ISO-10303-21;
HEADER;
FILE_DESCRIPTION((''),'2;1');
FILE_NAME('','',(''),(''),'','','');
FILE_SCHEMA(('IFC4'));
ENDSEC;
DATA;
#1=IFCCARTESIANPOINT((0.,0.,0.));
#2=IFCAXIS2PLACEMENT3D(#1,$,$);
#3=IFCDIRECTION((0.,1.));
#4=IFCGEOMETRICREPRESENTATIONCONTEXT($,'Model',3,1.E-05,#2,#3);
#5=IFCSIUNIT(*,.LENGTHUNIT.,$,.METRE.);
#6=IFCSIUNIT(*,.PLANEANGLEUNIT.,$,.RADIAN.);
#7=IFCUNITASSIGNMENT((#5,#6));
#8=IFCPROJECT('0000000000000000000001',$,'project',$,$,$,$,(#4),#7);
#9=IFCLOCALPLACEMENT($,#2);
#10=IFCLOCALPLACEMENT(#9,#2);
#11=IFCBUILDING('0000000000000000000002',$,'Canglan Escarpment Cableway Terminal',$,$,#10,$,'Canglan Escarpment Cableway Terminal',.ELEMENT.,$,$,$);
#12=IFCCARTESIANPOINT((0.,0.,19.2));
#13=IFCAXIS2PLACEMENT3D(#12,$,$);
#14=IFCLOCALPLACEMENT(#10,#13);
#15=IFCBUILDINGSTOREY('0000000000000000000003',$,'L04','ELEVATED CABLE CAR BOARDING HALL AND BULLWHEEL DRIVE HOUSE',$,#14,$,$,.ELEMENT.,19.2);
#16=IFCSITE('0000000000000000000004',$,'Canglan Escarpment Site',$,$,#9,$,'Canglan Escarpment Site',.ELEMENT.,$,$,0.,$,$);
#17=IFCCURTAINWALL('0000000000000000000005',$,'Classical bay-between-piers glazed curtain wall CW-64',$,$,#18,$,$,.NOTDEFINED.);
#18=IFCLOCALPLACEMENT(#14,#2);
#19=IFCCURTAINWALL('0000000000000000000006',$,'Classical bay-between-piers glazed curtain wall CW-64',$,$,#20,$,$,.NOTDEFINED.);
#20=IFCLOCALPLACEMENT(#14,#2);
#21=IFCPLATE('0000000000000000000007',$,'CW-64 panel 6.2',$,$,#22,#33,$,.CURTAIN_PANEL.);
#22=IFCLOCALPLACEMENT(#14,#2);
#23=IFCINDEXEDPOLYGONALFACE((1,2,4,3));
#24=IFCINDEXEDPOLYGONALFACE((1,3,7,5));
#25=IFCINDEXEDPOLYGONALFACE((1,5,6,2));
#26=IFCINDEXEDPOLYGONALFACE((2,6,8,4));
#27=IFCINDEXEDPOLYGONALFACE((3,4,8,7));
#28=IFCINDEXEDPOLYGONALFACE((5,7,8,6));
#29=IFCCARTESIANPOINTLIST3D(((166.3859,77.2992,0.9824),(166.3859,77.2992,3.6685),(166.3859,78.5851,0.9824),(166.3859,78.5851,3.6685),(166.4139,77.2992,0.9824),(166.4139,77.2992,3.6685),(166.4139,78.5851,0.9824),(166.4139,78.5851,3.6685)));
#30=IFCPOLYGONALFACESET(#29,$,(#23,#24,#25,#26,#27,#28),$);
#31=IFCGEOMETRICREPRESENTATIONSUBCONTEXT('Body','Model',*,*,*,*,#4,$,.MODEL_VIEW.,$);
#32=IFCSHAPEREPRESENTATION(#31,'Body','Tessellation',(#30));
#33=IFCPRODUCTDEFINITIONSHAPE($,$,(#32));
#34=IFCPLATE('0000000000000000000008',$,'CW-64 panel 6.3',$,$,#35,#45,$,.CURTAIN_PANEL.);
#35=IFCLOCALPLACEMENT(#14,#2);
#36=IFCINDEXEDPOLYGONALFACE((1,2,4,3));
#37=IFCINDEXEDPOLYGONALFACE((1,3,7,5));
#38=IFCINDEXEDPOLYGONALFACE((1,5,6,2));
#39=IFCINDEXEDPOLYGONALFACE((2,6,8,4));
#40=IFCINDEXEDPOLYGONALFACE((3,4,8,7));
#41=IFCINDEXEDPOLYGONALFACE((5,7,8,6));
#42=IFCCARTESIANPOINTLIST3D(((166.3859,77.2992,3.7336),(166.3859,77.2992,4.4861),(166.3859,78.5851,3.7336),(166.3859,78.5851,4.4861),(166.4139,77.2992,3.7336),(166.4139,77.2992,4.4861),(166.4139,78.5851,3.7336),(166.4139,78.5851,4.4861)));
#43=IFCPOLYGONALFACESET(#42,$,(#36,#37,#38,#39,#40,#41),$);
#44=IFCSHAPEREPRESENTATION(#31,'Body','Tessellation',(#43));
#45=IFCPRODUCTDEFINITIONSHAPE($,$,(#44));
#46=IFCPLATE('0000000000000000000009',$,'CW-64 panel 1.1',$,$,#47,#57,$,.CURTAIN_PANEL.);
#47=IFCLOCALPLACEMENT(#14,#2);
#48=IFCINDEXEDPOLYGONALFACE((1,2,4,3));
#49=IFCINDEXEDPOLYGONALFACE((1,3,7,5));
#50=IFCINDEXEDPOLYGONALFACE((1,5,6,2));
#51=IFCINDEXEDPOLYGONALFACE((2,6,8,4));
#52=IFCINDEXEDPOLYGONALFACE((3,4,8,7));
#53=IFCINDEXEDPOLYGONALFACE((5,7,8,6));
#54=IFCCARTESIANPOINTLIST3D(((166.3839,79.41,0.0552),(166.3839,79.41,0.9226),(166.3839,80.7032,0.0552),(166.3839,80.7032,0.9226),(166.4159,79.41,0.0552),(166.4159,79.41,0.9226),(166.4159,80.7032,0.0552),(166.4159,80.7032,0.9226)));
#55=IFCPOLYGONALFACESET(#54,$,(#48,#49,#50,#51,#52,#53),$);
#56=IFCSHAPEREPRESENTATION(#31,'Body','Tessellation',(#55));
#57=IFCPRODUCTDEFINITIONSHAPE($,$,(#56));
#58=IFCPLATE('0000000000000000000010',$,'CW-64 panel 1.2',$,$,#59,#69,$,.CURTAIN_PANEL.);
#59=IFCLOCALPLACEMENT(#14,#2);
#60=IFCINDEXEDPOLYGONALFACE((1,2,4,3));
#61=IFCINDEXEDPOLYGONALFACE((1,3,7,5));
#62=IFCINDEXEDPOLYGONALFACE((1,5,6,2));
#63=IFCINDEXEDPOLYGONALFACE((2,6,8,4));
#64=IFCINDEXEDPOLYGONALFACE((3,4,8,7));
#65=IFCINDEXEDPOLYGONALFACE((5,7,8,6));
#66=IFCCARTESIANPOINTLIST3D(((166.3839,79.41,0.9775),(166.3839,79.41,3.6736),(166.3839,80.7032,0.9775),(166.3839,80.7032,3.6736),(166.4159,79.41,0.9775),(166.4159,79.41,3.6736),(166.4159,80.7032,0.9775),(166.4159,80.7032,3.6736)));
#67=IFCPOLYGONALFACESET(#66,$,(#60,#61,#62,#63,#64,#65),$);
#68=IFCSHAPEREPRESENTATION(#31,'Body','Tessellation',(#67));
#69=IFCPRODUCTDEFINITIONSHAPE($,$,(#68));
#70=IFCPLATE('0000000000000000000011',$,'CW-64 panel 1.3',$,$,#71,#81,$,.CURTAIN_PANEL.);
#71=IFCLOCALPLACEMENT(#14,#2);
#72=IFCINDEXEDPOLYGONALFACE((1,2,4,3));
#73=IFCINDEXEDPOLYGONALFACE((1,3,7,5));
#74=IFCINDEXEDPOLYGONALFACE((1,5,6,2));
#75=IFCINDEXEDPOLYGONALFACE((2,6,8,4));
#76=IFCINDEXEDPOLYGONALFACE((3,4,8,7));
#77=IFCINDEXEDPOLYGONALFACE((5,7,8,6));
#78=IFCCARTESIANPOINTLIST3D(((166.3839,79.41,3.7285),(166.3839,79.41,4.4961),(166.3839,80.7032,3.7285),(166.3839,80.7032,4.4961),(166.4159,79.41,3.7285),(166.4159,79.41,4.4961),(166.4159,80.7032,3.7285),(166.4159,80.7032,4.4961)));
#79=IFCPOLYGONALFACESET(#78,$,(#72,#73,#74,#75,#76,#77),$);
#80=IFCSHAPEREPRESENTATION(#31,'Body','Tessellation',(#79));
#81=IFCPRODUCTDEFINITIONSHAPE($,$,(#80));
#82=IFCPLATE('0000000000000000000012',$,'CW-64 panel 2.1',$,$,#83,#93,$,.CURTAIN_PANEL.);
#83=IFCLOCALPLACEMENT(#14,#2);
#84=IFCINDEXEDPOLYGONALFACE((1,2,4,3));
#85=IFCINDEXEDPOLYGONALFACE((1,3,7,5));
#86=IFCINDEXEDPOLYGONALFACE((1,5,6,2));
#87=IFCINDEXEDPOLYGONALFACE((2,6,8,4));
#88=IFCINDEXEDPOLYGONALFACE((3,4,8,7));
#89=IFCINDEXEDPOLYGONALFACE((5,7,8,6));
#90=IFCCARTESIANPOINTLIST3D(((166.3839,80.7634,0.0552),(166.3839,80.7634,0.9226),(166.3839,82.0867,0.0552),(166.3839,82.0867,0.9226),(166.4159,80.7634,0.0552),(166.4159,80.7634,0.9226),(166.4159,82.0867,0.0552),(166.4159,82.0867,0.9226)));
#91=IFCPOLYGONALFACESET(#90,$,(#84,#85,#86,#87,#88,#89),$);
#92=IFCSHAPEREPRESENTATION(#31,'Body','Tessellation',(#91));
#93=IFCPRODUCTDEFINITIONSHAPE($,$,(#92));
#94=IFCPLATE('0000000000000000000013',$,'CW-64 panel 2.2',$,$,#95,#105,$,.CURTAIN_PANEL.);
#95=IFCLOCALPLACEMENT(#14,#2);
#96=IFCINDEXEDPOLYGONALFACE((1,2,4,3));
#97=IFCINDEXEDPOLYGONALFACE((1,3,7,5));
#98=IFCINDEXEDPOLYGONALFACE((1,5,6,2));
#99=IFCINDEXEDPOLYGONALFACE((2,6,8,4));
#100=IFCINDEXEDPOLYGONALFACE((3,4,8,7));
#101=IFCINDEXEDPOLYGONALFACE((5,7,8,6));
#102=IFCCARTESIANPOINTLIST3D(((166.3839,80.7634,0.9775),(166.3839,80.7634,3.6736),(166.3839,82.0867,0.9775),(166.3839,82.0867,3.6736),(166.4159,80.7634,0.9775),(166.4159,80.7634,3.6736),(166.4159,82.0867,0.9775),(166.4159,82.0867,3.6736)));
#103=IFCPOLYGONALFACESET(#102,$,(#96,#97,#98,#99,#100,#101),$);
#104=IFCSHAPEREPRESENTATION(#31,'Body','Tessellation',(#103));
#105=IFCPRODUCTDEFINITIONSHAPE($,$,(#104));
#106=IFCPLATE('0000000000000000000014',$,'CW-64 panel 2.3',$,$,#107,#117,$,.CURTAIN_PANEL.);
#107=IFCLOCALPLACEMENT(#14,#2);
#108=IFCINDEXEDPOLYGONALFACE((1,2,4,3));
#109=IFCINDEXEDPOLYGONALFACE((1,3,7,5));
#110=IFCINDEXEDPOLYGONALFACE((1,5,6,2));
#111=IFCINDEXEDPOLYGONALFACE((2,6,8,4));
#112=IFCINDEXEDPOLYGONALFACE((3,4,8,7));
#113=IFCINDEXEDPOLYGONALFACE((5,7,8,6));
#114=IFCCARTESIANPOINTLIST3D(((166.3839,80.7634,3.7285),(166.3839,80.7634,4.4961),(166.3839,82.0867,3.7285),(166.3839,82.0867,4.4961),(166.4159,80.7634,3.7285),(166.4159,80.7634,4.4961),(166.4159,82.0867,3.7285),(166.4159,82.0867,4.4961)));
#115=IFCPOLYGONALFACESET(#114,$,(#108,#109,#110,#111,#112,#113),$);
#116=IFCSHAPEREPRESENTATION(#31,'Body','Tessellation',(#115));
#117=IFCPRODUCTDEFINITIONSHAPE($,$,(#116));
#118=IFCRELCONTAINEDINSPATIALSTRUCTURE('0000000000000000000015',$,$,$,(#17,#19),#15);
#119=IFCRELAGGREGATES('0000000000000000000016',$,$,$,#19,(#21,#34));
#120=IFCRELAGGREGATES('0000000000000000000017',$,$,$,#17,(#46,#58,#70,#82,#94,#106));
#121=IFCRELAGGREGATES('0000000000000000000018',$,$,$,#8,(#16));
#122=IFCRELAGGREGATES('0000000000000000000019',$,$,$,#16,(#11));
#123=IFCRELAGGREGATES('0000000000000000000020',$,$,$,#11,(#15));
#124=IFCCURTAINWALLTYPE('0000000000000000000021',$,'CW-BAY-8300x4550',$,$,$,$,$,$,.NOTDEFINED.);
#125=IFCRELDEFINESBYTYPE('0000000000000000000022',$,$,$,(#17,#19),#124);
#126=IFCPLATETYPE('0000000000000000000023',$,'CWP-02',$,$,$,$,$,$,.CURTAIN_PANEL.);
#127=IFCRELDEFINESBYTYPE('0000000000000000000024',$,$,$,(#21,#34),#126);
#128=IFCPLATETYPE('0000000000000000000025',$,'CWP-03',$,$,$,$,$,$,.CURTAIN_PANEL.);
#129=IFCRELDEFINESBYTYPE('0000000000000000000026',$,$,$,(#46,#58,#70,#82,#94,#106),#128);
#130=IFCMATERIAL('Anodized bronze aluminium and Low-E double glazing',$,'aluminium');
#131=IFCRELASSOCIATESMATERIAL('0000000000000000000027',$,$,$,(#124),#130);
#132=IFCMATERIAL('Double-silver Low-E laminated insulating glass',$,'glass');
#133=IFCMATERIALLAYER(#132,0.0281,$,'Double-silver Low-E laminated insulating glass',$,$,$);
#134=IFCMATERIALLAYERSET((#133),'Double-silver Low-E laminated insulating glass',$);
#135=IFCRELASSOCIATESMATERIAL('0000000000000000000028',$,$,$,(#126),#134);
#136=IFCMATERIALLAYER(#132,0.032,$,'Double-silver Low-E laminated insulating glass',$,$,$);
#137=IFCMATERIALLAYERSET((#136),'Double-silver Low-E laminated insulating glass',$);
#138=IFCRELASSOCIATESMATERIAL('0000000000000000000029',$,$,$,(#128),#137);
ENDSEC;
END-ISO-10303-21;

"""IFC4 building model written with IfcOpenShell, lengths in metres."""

from ifc_helpers import new_model, si_unit, direction, frame, origin, origin_2d, place, context, subcontext, project, spatial, rectangle, extrude, material, layer, layer_set, type_object, element, aggregate, save


model = new_model("IFC4")

# Units and contexts
model_context = context("Model", 3, precision=1e-05, world=origin(), true_north=direction((0.0, 1.0)))
body_context = subcontext(model_context, "Body", "Model", "MODEL_VIEW")
ifc_project = project(units=[si_unit("LENGTHUNIT", "METRE"), si_unit("PLANEANGLEUNIT", "RADIAN")], contexts=[model_context])

# Site, building, storey
site_placement = place(None, origin())
site = spatial("IfcSite", under=ifc_project, at=site_placement, Name="Canglan Escarpment Site", LongName="Canglan Escarpment Site", CompositionType="ELEMENT", RefElevation=0.0)
building_placement = place(site_placement, origin())
building = spatial("IfcBuilding", under=site, at=building_placement, Name="Canglan Escarpment Cableway Terminal", LongName="Canglan Escarpment Cableway Terminal", CompositionType="ELEMENT")
storey_placement = place(building_placement, frame((0.0, 0.0, 19.2)))
storey = spatial("IfcBuildingStorey", under=building, at=storey_placement, Name="L04", Description="ELEVATED CABLE CAR BOARDING HALL AND BULLWHEEL DRIVE HOUSE", CompositionType="ELEMENT", Elevation=19.2)

# Curtain walls
ifc_material_1 = material(Name="Anodized bronze aluminium and Low-E double glazing", Category="aluminium")
curtain_wall_type = type_object("IfcCurtainWallType", Name="CW-BAY-8300x4550", PredefinedType="NOTDEFINED", material=ifc_material_1)
curtain_wall_1_placement = place(storey_placement, origin())
curtain_wall_1 = element("IfcCurtainWall", 1, at=curtain_wall_1_placement, inside=storey, type_object=curtain_wall_type, Name="Classical bay-between-piers glazed curtain wall CW-64", PredefinedType="NOTDEFINED")
curtain_wall_2_placement = place(storey_placement, origin())
curtain_wall_2 = element("IfcCurtainWall", 2, at=curtain_wall_2_placement, inside=storey, type_object=curtain_wall_type, Name="Classical bay-between-piers glazed curtain wall CW-64", PredefinedType="NOTDEFINED")

# Plates
ifc_material_2 = material(Name="Double-silver Low-E laminated insulating glass", Category="glass")
ifc_layer_1 = layer(ifc_material_2, 0.0281, Name="Double-silver Low-E laminated insulating glass")
ifc_layer_set_1 = layer_set([ifc_layer_1], Name="Double-silver Low-E laminated insulating glass")
plate_type_1 = type_object("IfcPlateType", Name="CWP-02", PredefinedType="CURTAIN_PANEL", material=ifc_layer_set_1)
plate_1_placement = place(storey_placement, frame((166.3999, 77.9421, 0.9824), z_axis=(0.0, 0.0, 1.0), x_axis=(0.0, 1.0, 0.0)))
plate_1 = element("IfcPlate", 3, at=plate_1_placement, type_object=plate_type_1, Name="CW-64 panel 6.2", PredefinedType="CURTAIN_PANEL", context=body_context, shape_type="SweptSolid", body=[
    extrude(rectangle(XDim=1.2859, YDim=0.0281, at=origin_2d()), origin(), (0.0, 0.0, 1.0), 2.686),
])
plate_2_placement = place(storey_placement, frame((166.3999, 77.9421, 3.7336), z_axis=(0.0, 0.0, 1.0), x_axis=(0.0, 1.0, 0.0)))
plate_2 = element("IfcPlate", 4, at=plate_2_placement, type_object=plate_type_1, Name="CW-64 panel 6.3", PredefinedType="CURTAIN_PANEL", context=body_context, shape_type="SweptSolid", body=[
    extrude(rectangle(XDim=1.2859, YDim=0.0281, at=origin_2d()), origin(), (0.0, 0.0, 1.0), 0.7524),
])
aggregate(curtain_wall_2, [plate_1, plate_2])
ifc_layer_2 = layer(ifc_material_2, 0.032, Name="Double-silver Low-E laminated insulating glass")
ifc_layer_set_2 = layer_set([ifc_layer_2], Name="Double-silver Low-E laminated insulating glass")
plate_type_2 = type_object("IfcPlateType", Name="CWP-03", PredefinedType="CURTAIN_PANEL", material=ifc_layer_set_2)
plate_3_placement = place(storey_placement, frame((166.3999, 80.0566, 0.0552), z_axis=(0.0, 0.0, 1.0), x_axis=(0.0, 1.0, 0.0)))
plate_3 = element("IfcPlate", 5, at=plate_3_placement, type_object=plate_type_2, Name="CW-64 panel 1.1", PredefinedType="CURTAIN_PANEL", context=body_context, shape_type="SweptSolid", body=[
    extrude(rectangle(XDim=1.2932, YDim=0.032, at=origin_2d()), origin(), (0.0, 0.0, 1.0), 0.8674),
])
plate_4_placement = place(storey_placement, frame((166.3999, 80.0566, 0.9775), z_axis=(0.0, 0.0, 1.0), x_axis=(0.0, 1.0, 0.0)))
plate_4 = element("IfcPlate", 6, at=plate_4_placement, type_object=plate_type_2, Name="CW-64 panel 1.2", PredefinedType="CURTAIN_PANEL", context=body_context, shape_type="SweptSolid", body=[
    extrude(rectangle(XDim=1.2932, YDim=0.032, at=origin_2d()), origin(), (0.0, 0.0, 1.0), 2.696),
])
plate_5_placement = place(storey_placement, frame((166.3999, 80.0566, 3.7285), z_axis=(0.0, 0.0, 1.0), x_axis=(0.0, 1.0, 0.0)))
plate_5 = element("IfcPlate", 7, at=plate_5_placement, type_object=plate_type_2, Name="CW-64 panel 1.3", PredefinedType="CURTAIN_PANEL", context=body_context, shape_type="SweptSolid", body=[
    extrude(rectangle(XDim=1.2932, YDim=0.032, at=origin_2d()), origin(), (0.0, 0.0, 1.0), 0.7676),
])
plate_6_placement = place(storey_placement, frame((166.3999, 81.425, 0.0552), z_axis=(0.0, 0.0, 1.0), x_axis=(0.0, 1.0, 0.0)))
plate_6 = element("IfcPlate", 8, at=plate_6_placement, type_object=plate_type_2, Name="CW-64 panel 2.1", PredefinedType="CURTAIN_PANEL", context=body_context, shape_type="SweptSolid", body=[
    extrude(rectangle(XDim=1.3232, YDim=0.032, at=origin_2d()), origin(), (0.0, 0.0, 1.0), 0.8674),
])
plate_7_placement = place(storey_placement, frame((166.3999, 81.425, 0.9775), z_axis=(0.0, 0.0, 1.0), x_axis=(0.0, 1.0, 0.0)))
plate_7 = element("IfcPlate", 9, at=plate_7_placement, type_object=plate_type_2, Name="CW-64 panel 2.2", PredefinedType="CURTAIN_PANEL", context=body_context, shape_type="SweptSolid", body=[
    extrude(rectangle(XDim=1.3232, YDim=0.032, at=origin_2d()), origin(), (0.0, 0.0, 1.0), 2.696),
])
plate_8_placement = place(storey_placement, frame((166.3999, 81.425, 3.7285), z_axis=(0.0, 0.0, 1.0), x_axis=(0.0, 1.0, 0.0)))
plate_8 = element("IfcPlate", 10, at=plate_8_placement, type_object=plate_type_2, Name="CW-64 panel 2.3", PredefinedType="CURTAIN_PANEL", context=body_context, shape_type="SweptSolid", body=[
    extrude(rectangle(XDim=1.3232, YDim=0.032, at=origin_2d()), origin(), (0.0, 0.0, 1.0), 0.7676),
])
aggregate(curtain_wall_1, [plate_3, plate_4, plate_5, plate_6, plate_7, plate_8])

save(model, "model.ifc")
